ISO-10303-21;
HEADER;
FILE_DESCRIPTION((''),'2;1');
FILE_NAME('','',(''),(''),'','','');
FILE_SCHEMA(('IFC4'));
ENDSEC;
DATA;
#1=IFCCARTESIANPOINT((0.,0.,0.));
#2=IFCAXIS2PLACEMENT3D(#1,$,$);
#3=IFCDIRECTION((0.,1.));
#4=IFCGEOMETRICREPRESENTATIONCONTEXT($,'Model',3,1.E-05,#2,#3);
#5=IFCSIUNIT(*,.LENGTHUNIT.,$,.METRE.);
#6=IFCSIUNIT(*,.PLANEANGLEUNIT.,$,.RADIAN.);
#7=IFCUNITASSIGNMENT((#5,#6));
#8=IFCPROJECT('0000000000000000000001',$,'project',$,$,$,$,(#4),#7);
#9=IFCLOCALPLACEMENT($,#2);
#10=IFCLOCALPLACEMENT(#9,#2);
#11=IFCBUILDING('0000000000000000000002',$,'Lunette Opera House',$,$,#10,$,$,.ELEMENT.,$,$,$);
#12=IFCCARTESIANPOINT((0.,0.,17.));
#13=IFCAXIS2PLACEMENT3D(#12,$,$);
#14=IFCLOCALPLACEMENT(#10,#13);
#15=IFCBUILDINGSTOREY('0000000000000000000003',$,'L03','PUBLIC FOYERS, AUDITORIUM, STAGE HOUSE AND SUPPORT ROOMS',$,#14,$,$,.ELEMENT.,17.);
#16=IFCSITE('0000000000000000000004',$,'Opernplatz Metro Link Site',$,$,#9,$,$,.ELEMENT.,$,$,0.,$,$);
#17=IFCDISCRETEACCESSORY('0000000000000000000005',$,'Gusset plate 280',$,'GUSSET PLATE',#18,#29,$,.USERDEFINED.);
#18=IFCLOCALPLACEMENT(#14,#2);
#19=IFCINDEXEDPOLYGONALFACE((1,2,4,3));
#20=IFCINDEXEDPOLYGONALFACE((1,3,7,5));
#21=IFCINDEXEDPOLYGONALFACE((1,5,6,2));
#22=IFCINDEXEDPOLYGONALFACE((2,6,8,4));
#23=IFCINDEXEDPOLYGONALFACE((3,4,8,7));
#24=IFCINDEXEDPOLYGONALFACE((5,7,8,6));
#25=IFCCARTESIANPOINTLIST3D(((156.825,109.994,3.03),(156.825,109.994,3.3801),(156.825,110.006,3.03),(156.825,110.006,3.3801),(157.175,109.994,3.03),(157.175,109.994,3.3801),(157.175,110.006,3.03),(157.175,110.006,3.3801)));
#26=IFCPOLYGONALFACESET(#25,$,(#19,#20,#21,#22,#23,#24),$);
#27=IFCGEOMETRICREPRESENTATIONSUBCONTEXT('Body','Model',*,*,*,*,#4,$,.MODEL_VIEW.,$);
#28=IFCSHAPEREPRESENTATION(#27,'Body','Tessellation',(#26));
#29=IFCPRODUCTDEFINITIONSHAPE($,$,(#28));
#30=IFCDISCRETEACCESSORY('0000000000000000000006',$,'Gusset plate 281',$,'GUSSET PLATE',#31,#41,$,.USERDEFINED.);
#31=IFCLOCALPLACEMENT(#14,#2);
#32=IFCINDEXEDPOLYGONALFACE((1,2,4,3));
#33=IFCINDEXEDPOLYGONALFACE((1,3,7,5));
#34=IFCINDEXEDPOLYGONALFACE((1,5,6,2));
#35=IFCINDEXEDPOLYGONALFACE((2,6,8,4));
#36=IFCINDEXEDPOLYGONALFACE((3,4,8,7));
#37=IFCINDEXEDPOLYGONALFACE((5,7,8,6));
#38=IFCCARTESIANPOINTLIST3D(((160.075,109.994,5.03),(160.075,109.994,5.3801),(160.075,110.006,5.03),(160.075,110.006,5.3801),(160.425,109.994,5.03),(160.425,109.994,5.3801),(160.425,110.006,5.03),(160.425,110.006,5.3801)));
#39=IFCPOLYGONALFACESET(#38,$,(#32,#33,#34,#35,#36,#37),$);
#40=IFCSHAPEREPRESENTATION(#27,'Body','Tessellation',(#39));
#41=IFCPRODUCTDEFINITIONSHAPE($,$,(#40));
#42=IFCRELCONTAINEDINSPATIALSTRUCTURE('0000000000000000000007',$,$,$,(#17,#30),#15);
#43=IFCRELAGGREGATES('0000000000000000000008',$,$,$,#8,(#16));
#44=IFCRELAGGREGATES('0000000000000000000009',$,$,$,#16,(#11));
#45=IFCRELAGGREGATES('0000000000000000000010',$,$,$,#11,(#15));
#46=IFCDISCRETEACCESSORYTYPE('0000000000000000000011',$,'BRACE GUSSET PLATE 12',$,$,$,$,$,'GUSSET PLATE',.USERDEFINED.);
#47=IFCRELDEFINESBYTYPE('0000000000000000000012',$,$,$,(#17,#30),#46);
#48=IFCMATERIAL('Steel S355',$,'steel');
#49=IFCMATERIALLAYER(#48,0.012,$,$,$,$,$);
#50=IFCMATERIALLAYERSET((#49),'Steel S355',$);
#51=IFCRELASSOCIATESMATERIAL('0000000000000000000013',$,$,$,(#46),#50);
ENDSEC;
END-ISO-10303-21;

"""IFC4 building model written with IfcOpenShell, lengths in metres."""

from ifc_helpers import new_model, si_unit, direction, frame, origin, origin_2d, place, context, subcontext, project, spatial, rectangle, extrude, material, layer, layer_set, type_object, element, save


model = new_model("IFC4")

# Units and contexts
model_context = context("Model", 3, precision=1e-05, world=origin(), true_north=direction((0.0, 1.0)))
body_context = subcontext(model_context, "Body", "Model", "MODEL_VIEW")
ifc_project = project(units=[si_unit("LENGTHUNIT", "METRE"), si_unit("PLANEANGLEUNIT", "RADIAN")], contexts=[model_context])

# Site, building, storey
site_placement = place(None, origin())
site = spatial("IfcSite", under=ifc_project, at=site_placement, Name="Opernplatz Metro Link Site", CompositionType="ELEMENT", RefElevation=0.0)
building_placement = place(site_placement, origin())
building = spatial("IfcBuilding", under=site, at=building_placement, Name="Lunette Opera House", CompositionType="ELEMENT")
storey_placement = place(building_placement, frame((0.0, 0.0, 17.0)))
storey = spatial("IfcBuildingStorey", under=building, at=storey_placement, Name="L03", Description="PUBLIC FOYERS, AUDITORIUM, STAGE HOUSE AND SUPPORT ROOMS", CompositionType="ELEMENT", Elevation=17.0)

# Discrete accessories
ifc_material_1 = material(Name="Steel S355", Category="steel")
ifc_layer_1 = layer(ifc_material_1, 0.012)
ifc_layer_set_1 = layer_set([ifc_layer_1], Name="Steel S355")
discrete_accessory_type = type_object("IfcDiscreteAccessoryType", Name="BRACE GUSSET PLATE 12", ElementType="GUSSET PLATE", PredefinedType="USERDEFINED", material=ifc_layer_set_1)
for number, where, z_axis, x_axis, name in (
    (1, (157.0, 110.0, 3.03), (0.0, 0.0, 1.0), (1.0, 0.0, 0.0), "Gusset plate 280"),
    (2, (160.25, 110.0, 5.03), (0.0, 0.0, 1.0), (1.0, 0.0, 0.0), "Gusset plate 281"),
):
    element("IfcDiscreteAccessory", number, at=place(storey_placement, frame(where, z_axis=z_axis, x_axis=x_axis)), inside=storey, type_object=discrete_accessory_type, Name=name, ObjectType="GUSSET PLATE", PredefinedType="USERDEFINED", context=body_context, shape_type="SweptSolid", body=[
        extrude(rectangle(XDim=0.3501, YDim=0.012, at=origin_2d()), origin(), (0.0, 0.0, 1.0), 0.3501),
    ])

save(model, "model.ifc")
